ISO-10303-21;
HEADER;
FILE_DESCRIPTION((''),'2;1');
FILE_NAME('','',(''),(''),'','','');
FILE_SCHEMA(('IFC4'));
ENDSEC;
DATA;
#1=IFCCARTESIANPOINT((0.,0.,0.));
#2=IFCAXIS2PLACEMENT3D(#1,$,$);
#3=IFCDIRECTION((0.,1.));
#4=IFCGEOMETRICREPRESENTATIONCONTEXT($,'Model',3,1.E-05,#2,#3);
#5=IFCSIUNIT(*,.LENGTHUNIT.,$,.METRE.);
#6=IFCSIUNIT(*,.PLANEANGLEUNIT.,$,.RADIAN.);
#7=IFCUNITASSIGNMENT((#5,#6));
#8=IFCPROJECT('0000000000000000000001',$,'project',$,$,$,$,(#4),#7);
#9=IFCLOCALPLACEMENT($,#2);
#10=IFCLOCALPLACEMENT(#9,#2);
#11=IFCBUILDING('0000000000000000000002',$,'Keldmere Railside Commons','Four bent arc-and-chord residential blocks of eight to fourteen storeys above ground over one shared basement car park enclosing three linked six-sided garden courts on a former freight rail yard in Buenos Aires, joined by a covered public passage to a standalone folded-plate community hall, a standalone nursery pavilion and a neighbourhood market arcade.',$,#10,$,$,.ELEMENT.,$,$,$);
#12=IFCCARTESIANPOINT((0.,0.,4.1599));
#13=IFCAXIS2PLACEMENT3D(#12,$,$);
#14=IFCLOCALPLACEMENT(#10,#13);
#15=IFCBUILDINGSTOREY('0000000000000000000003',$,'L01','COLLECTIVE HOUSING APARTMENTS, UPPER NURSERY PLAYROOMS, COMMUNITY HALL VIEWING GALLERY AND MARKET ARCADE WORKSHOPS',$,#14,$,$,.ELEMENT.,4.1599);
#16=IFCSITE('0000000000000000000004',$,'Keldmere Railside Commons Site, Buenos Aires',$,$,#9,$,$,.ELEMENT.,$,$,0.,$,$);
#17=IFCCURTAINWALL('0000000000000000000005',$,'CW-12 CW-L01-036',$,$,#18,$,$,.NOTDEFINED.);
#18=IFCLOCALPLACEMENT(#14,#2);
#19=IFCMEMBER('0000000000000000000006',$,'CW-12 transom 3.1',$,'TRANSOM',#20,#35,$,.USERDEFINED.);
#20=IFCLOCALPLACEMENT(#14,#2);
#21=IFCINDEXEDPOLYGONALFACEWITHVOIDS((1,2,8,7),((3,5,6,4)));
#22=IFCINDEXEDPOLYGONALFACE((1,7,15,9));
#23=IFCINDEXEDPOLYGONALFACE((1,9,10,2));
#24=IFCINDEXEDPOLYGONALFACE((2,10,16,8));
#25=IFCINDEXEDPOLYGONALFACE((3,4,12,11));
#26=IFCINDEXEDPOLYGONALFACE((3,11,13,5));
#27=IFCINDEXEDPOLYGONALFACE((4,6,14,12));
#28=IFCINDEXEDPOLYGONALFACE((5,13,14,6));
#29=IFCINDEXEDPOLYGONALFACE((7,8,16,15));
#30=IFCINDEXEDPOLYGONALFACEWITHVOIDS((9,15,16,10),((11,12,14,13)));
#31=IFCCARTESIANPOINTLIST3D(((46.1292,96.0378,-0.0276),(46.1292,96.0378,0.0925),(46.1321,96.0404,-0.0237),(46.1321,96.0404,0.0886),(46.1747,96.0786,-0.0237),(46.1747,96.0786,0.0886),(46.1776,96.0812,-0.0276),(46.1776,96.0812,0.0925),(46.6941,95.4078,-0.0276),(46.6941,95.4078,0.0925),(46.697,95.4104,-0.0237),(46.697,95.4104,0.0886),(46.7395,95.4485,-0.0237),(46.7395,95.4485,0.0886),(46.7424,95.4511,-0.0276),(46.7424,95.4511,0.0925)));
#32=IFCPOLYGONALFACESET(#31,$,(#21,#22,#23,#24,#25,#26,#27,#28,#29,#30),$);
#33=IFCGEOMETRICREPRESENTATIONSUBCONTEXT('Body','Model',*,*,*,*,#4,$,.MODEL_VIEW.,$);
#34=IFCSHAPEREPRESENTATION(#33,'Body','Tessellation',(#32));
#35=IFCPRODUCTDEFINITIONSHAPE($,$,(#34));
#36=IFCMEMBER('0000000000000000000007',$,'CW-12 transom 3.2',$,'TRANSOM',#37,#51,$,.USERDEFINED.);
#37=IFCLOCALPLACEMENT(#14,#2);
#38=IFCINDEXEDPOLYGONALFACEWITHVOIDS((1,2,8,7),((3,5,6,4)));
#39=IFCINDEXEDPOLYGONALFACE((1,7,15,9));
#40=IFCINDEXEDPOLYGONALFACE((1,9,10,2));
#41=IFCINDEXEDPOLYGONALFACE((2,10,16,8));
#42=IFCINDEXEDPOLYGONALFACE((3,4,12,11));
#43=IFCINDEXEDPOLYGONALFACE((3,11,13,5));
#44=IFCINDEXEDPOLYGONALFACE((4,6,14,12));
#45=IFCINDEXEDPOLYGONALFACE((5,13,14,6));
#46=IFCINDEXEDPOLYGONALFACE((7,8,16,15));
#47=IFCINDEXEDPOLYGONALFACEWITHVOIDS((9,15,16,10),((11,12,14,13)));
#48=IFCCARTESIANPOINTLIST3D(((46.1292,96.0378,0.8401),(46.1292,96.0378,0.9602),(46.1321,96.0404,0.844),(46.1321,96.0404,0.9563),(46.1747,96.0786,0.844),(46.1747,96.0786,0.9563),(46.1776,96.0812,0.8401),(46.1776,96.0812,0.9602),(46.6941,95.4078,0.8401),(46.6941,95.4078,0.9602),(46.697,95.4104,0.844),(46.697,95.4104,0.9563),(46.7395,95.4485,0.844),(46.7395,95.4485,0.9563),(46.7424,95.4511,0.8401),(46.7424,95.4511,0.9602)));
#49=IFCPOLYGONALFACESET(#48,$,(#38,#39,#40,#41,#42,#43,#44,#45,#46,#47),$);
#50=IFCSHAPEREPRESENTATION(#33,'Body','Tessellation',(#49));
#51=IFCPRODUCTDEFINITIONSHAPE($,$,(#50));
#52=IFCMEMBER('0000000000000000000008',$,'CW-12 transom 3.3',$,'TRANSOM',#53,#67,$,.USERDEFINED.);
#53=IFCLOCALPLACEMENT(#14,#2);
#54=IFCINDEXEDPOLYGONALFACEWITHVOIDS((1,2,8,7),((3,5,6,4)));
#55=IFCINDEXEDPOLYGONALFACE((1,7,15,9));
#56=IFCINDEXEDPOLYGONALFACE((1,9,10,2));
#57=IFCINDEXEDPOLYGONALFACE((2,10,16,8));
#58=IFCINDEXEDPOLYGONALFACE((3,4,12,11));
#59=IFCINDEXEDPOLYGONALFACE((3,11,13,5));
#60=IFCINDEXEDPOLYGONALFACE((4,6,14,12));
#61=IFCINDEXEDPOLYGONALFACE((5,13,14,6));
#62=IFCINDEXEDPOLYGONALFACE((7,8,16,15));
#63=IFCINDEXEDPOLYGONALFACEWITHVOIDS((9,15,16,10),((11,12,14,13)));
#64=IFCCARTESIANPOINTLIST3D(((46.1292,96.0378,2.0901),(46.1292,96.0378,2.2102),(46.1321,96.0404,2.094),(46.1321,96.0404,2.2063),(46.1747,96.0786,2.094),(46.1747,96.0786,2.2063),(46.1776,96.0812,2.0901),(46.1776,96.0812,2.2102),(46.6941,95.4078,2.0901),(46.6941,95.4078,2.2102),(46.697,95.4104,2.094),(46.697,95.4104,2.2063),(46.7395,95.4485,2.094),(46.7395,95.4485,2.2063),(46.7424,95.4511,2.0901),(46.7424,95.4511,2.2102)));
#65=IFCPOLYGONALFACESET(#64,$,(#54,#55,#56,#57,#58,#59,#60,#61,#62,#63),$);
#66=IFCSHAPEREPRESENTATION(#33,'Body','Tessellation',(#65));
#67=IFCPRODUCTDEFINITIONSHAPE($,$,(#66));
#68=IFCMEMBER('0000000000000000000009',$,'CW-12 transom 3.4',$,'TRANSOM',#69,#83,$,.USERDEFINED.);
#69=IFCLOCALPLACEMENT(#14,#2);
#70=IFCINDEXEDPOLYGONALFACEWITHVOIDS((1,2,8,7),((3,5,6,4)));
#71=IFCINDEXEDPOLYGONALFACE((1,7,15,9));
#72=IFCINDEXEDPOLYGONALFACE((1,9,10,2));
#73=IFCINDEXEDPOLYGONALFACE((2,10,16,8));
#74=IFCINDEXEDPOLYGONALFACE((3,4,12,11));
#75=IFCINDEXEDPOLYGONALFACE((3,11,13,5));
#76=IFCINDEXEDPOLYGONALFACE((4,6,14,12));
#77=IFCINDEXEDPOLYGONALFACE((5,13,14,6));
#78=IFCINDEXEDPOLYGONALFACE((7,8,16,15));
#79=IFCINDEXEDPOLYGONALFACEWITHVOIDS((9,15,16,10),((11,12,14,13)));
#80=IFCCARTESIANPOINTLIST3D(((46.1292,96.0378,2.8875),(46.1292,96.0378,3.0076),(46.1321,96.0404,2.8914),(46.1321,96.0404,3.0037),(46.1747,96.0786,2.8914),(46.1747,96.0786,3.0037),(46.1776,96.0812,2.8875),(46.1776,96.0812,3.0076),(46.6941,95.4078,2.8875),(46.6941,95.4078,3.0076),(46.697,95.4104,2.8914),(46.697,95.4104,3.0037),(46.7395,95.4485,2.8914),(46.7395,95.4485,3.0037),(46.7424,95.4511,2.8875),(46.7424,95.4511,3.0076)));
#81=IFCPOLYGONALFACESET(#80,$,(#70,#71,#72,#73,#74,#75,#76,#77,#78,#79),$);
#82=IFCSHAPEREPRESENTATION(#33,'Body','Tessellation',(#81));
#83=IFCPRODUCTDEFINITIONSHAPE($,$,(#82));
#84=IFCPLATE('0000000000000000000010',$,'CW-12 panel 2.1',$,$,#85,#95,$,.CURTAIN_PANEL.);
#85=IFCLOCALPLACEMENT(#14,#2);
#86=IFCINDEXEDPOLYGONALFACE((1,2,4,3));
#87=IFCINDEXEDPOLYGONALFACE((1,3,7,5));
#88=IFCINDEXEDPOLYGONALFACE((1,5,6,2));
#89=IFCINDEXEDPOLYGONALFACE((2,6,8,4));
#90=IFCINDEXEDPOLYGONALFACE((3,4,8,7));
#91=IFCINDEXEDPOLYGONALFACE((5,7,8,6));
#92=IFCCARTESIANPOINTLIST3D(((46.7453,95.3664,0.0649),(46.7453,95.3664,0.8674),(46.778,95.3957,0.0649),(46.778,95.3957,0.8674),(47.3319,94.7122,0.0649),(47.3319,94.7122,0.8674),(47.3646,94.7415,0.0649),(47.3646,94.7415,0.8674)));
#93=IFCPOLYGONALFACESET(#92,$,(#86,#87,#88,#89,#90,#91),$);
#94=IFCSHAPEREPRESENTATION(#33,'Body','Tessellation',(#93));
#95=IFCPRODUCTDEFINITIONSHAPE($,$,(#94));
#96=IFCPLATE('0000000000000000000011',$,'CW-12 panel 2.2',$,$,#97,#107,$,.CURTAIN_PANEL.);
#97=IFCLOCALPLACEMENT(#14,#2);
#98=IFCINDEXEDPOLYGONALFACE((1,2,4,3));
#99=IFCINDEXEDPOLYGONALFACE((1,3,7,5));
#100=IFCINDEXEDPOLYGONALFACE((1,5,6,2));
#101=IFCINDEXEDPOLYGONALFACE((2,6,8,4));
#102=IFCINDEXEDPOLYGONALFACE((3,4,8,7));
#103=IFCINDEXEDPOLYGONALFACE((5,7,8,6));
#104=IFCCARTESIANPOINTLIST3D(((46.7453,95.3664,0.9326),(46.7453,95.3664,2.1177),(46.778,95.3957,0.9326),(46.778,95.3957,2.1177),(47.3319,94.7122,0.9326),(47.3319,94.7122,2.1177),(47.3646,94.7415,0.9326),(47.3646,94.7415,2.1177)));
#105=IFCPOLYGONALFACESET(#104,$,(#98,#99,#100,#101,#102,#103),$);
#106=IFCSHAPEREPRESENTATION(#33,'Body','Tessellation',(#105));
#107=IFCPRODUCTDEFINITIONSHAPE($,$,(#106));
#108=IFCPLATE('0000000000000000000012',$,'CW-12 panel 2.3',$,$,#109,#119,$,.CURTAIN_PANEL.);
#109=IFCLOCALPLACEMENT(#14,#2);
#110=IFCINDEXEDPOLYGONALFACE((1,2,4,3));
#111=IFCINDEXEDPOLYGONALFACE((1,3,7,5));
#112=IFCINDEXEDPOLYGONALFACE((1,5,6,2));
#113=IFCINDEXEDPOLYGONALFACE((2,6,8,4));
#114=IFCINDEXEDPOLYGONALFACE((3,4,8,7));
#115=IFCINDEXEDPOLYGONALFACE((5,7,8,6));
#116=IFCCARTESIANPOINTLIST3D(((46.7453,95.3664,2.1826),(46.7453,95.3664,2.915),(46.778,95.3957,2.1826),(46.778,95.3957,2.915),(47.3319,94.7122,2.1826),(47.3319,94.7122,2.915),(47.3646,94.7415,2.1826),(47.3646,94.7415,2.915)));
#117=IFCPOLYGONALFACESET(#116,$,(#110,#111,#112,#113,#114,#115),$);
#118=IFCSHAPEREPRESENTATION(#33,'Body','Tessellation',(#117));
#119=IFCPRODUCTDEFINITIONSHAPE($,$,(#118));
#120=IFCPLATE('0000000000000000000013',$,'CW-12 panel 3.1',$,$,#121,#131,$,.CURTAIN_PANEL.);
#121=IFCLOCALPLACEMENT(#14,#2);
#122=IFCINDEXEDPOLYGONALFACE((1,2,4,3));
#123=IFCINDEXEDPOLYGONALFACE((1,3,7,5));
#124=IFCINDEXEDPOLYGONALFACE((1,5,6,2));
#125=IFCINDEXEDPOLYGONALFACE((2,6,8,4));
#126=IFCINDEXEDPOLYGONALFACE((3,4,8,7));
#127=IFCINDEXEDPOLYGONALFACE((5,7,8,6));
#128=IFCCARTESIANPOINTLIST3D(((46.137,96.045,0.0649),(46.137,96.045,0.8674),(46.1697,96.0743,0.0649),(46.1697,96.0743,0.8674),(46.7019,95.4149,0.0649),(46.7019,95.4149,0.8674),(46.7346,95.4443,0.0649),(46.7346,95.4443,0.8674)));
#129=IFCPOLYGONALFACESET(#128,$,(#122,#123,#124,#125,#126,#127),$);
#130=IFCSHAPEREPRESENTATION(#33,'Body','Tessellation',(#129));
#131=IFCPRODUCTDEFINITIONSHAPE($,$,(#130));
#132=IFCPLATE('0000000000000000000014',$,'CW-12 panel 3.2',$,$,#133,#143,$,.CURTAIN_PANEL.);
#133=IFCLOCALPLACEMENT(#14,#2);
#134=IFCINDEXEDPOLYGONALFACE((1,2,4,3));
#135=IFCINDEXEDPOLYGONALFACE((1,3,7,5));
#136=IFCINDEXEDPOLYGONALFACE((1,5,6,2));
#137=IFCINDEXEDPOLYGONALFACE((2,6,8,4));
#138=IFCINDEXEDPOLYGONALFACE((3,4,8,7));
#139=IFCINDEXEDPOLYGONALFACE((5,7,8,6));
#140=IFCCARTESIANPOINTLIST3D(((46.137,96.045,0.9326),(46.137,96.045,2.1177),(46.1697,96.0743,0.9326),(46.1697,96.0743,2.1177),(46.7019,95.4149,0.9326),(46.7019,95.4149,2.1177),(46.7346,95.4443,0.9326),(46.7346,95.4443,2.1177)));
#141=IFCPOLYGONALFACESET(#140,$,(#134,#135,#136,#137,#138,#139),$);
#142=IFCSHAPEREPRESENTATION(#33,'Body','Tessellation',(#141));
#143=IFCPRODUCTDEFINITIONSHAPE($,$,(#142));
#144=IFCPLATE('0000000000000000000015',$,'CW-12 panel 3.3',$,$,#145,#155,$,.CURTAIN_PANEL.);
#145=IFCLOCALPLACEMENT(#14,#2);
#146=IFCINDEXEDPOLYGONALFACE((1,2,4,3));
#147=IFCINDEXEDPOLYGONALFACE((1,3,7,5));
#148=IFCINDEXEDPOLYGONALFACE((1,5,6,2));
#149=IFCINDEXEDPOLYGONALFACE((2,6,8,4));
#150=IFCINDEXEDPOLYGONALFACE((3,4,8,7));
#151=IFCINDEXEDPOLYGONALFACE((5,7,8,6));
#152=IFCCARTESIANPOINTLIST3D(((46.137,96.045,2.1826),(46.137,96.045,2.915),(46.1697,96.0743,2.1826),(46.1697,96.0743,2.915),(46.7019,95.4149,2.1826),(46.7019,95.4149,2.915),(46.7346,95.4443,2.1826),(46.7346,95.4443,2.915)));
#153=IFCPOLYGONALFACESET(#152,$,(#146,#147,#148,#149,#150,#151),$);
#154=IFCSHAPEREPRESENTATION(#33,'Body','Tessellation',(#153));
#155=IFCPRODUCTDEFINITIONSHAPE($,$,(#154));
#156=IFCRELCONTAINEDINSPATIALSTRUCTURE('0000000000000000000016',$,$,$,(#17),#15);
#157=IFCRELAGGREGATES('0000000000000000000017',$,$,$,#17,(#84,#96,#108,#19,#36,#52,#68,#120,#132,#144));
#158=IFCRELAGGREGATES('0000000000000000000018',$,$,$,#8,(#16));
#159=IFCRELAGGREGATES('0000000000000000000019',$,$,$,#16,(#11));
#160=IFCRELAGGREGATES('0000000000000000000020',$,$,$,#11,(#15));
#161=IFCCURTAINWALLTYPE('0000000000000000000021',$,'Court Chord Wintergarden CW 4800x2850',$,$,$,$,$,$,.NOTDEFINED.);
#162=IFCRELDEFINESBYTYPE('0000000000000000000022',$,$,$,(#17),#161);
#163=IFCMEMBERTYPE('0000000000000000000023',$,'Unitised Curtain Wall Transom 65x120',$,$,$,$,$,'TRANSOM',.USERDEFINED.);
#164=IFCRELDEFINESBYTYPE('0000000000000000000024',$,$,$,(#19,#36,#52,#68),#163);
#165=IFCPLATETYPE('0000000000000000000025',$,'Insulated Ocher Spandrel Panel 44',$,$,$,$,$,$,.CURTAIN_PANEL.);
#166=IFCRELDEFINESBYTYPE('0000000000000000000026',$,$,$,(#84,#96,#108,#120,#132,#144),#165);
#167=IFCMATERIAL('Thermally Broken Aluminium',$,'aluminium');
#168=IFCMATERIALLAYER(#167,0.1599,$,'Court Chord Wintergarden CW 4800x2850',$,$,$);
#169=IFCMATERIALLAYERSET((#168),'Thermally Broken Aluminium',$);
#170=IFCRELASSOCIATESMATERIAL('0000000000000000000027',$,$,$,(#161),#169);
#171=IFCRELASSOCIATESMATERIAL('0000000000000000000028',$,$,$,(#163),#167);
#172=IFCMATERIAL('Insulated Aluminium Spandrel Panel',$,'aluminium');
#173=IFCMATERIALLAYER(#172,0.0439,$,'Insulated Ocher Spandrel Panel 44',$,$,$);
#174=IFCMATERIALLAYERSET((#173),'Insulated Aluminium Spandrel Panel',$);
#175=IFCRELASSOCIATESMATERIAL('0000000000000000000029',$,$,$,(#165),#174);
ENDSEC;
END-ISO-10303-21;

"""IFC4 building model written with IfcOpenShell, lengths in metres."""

from ifc_helpers import new_model, si_unit, direction, frame, origin, origin_2d, place, context, subcontext, project, spatial, rectangle, hollow_rectangle, extrude, material, layer, layer_set, material_profile, profile_set, type_object, element, aggregate, save


model = new_model("IFC4")

# Units and contexts
model_context = context("Model", 3, precision=1e-05, world=origin(), true_north=direction((0.0, 1.0)))
body_context = subcontext(model_context, "Body", "Model", "MODEL_VIEW")
ifc_project = project(units=[si_unit("LENGTHUNIT", "METRE"), si_unit("PLANEANGLEUNIT", "RADIAN")], contexts=[model_context])

# Site, building, storey
site_placement = place(None, origin())
site = spatial("IfcSite", under=ifc_project, at=site_placement, Name="Keldmere Railside Commons Site, Buenos Aires", CompositionType="ELEMENT", RefElevation=0.0)
building_placement = place(site_placement, origin())
building = spatial("IfcBuilding", under=site, at=building_placement, Name="Keldmere Railside Commons", Description="Four bent arc-and-chord residential blocks of eight to fourteen storeys above ground over one shared basement car park enclosing three linked six-sided garden courts on a former freight rail yard in Buenos Aires, joined by a covered public passage to a standalone folded-plate community hall, a standalone nursery pavilion and a neighbourhood market arcade.", CompositionType="ELEMENT")
storey_placement = place(building_placement, frame((0.0, 0.0, 4.1599)))
storey = spatial("IfcBuildingStorey", under=building, at=storey_placement, Name="L01", Description="COLLECTIVE HOUSING APARTMENTS, UPPER NURSERY PLAYROOMS, COMMUNITY HALL VIEWING GALLERY AND MARKET ARCADE WORKSHOPS", CompositionType="ELEMENT", Elevation=4.1599)

# Curtain wall, members, plates
ifc_material_1 = material(Name="Thermally Broken Aluminium", Category="aluminium")
ifc_layer_1 = layer(ifc_material_1, 0.1599, Name="Court Chord Wintergarden CW 4800x2850")
ifc_layer_set_1 = layer_set([ifc_layer_1], Name="Thermally Broken Aluminium")
curtain_wall_type = type_object("IfcCurtainWallType", Name="Court Chord Wintergarden CW 4800x2850", PredefinedType="NOTDEFINED", material=ifc_layer_set_1)
curtain_wall_placement = place(storey_placement, origin())
curtain_wall = element("IfcCurtainWall", 1, at=curtain_wall_placement, inside=storey, type_object=curtain_wall_type, Name="CW-12 CW-L01-036", PredefinedType="NOTDEFINED")
ifc_material_profile_1 = material_profile(ifc_material_1, hollow_rectangle(XDim=0.0649, YDim=0.1201, WallThickness=0.0039, at=origin_2d()), Name="ALU-TRAN-65x120")
ifc_profile_set_1 = profile_set([ifc_material_profile_1], Name="Thermally Broken Aluminium")
member_type_1 = type_object("IfcMemberType", Name="Unitised Curtain Wall Transom 65x120", ElementType="TRANSOM", PredefinedType="USERDEFINED", material=ifc_profile_set_1)
member_1_placement = place(storey_placement, frame((46.7183, 95.4294, 0.0325), z_axis=(-0.667545, 0.744569, 0.0), x_axis=(-0.744569, -0.667545, 0.0)))
member_1 = element("IfcMember", 2, at=member_1_placement, type_object=member_type_1, Name="CW-12 transom 3.1", ObjectType="TRANSOM", PredefinedType="USERDEFINED", context=body_context, shape_type="SweptSolid", body=[
    extrude(hollow_rectangle(XDim=0.0649, YDim=0.1201, WallThickness=0.0039, at=origin_2d()), origin(), (0.0, 0.0, 1.0), 0.8462),
])
member_2_placement = place(storey_placement, frame((46.7183, 95.4294, 0.9001), z_axis=(-0.667545, 0.744569, 0.0), x_axis=(-0.744569, -0.667545, 0.0)))
member_2 = element("IfcMember", 3, at=member_2_placement, type_object=member_type_1, Name="CW-12 transom 3.2", ObjectType="TRANSOM", PredefinedType="USERDEFINED", context=body_context, shape_type="SweptSolid", body=[
    extrude(hollow_rectangle(XDim=0.0649, YDim=0.1201, WallThickness=0.0039, at=origin_2d()), origin(), (0.0, 0.0, 1.0), 0.8462),
])
member_3_placement = place(storey_placement, frame((46.7183, 95.4294, 2.1501), z_axis=(-0.667545, 0.744569, 0.0), x_axis=(-0.744569, -0.667545, 0.0)))
member_3 = element("IfcMember", 4, at=member_3_placement, type_object=member_type_1, Name="CW-12 transom 3.3", ObjectType="TRANSOM", PredefinedType="USERDEFINED", context=body_context, shape_type="SweptSolid", body=[
    extrude(hollow_rectangle(XDim=0.0649, YDim=0.1201, WallThickness=0.0039, at=origin_2d()), origin(), (0.0, 0.0, 1.0), 0.8462),
])
member_4_placement = place(storey_placement, frame((46.7183, 95.4294, 2.9475), z_axis=(-0.667545, 0.744569, 0.0), x_axis=(-0.744569, -0.667545, 0.0)))
member_4 = element("IfcMember", 5, at=member_4_placement, type_object=member_type_1, Name="CW-12 transom 3.4", ObjectType="TRANSOM", PredefinedType="USERDEFINED", context=body_context, shape_type="SweptSolid", body=[
    extrude(hollow_rectangle(XDim=0.0649, YDim=0.1201, WallThickness=0.0039, at=origin_2d()), origin(), (0.0, 0.0, 1.0), 0.8462),
])
ifc_material_2 = material(Name="Insulated Aluminium Spandrel Panel", Category="aluminium")
ifc_layer_2 = layer(ifc_material_2, 0.0439, Name="Insulated Ocher Spandrel Panel 44")
ifc_layer_set_2 = layer_set([ifc_layer_2], Name="Insulated Aluminium Spandrel Panel")
plate_type = type_object("IfcPlateType", Name="Insulated Ocher Spandrel Panel 44", PredefinedType="CURTAIN_PANEL", material=ifc_layer_set_2)
plate_1_placement = place(storey_placement, frame((47.0549, 95.054, 0.0649), z_axis=(0.0, 0.0, 1.0), x_axis=(-0.667559, 0.744557, 0.0)))
plate_1 = element("IfcPlate", 6, at=plate_1_placement, type_object=plate_type, Name="CW-12 panel 2.1", PredefinedType="CURTAIN_PANEL", context=body_context, shape_type="SweptSolid", body=[
    extrude(rectangle(XDim=0.8787, YDim=0.0439, at=origin_2d()), origin(), (0.0, 0.0, 1.0), 0.8025),
])
plate_2_placement = place(storey_placement, frame((47.0549, 95.054, 0.9326), z_axis=(0.0, 0.0, 1.0), x_axis=(-0.667559, 0.744557, 0.0)))
plate_2 = element("IfcPlate", 7, at=plate_2_placement, type_object=plate_type, Name="CW-12 panel 2.2", PredefinedType="CURTAIN_PANEL", context=body_context, shape_type="SweptSolid", body=[
    extrude(rectangle(XDim=0.8787, YDim=0.0439, at=origin_2d()), origin(), (0.0, 0.0, 1.0), 1.1851),
])
plate_3_placement = place(storey_placement, frame((47.0549, 95.054, 2.1826), z_axis=(0.0, 0.0, 1.0), x_axis=(-0.667559, 0.744557, 0.0)))
plate_3 = element("IfcPlate", 8, at=plate_3_placement, type_object=plate_type, Name="CW-12 panel 2.3", PredefinedType="CURTAIN_PANEL", context=body_context, shape_type="SweptSolid", body=[
    extrude(rectangle(XDim=0.8787, YDim=0.0439, at=origin_2d()), origin(), (0.0, 0.0, 1.0), 0.7324),
])
plate_4_placement = place(storey_placement, frame((46.4358, 95.7446, 0.0649), z_axis=(0.0, 0.0, 1.0), x_axis=(-0.667559, 0.744557, 0.0)))
plate_4 = element("IfcPlate", 9, at=plate_4_placement, type_object=plate_type, Name="CW-12 panel 3.1", PredefinedType="CURTAIN_PANEL", context=body_context, shape_type="SweptSolid", body=[
    extrude(rectangle(XDim=0.8462, YDim=0.0439, at=origin_2d()), origin(), (0.0, 0.0, 1.0), 0.8025),
])
plate_5_placement = place(storey_placement, frame((46.4358, 95.7446, 0.9326), z_axis=(0.0, 0.0, 1.0), x_axis=(-0.667559, 0.744557, 0.0)))
plate_5 = element("IfcPlate", 10, at=plate_5_placement, type_object=plate_type, Name="CW-12 panel 3.2", PredefinedType="CURTAIN_PANEL", context=body_context, shape_type="SweptSolid", body=[
    extrude(rectangle(XDim=0.8462, YDim=0.0439, at=origin_2d()), origin(), (0.0, 0.0, 1.0), 1.1851),
])
plate_6_placement = place(storey_placement, frame((46.4358, 95.7446, 2.1826), z_axis=(0.0, 0.0, 1.0), x_axis=(-0.667559, 0.744557, 0.0)))
plate_6 = element("IfcPlate", 11, at=plate_6_placement, type_object=plate_type, Name="CW-12 panel 3.3", PredefinedType="CURTAIN_PANEL", context=body_context, shape_type="SweptSolid", body=[
    extrude(rectangle(XDim=0.8462, YDim=0.0439, at=origin_2d()), origin(), (0.0, 0.0, 1.0), 0.7324),
])
aggregate(curtain_wall, [plate_1, plate_2, plate_3, member_1, member_2, member_3, member_4, plate_4, plate_5, plate_6])

save(model, "model.ifc")
